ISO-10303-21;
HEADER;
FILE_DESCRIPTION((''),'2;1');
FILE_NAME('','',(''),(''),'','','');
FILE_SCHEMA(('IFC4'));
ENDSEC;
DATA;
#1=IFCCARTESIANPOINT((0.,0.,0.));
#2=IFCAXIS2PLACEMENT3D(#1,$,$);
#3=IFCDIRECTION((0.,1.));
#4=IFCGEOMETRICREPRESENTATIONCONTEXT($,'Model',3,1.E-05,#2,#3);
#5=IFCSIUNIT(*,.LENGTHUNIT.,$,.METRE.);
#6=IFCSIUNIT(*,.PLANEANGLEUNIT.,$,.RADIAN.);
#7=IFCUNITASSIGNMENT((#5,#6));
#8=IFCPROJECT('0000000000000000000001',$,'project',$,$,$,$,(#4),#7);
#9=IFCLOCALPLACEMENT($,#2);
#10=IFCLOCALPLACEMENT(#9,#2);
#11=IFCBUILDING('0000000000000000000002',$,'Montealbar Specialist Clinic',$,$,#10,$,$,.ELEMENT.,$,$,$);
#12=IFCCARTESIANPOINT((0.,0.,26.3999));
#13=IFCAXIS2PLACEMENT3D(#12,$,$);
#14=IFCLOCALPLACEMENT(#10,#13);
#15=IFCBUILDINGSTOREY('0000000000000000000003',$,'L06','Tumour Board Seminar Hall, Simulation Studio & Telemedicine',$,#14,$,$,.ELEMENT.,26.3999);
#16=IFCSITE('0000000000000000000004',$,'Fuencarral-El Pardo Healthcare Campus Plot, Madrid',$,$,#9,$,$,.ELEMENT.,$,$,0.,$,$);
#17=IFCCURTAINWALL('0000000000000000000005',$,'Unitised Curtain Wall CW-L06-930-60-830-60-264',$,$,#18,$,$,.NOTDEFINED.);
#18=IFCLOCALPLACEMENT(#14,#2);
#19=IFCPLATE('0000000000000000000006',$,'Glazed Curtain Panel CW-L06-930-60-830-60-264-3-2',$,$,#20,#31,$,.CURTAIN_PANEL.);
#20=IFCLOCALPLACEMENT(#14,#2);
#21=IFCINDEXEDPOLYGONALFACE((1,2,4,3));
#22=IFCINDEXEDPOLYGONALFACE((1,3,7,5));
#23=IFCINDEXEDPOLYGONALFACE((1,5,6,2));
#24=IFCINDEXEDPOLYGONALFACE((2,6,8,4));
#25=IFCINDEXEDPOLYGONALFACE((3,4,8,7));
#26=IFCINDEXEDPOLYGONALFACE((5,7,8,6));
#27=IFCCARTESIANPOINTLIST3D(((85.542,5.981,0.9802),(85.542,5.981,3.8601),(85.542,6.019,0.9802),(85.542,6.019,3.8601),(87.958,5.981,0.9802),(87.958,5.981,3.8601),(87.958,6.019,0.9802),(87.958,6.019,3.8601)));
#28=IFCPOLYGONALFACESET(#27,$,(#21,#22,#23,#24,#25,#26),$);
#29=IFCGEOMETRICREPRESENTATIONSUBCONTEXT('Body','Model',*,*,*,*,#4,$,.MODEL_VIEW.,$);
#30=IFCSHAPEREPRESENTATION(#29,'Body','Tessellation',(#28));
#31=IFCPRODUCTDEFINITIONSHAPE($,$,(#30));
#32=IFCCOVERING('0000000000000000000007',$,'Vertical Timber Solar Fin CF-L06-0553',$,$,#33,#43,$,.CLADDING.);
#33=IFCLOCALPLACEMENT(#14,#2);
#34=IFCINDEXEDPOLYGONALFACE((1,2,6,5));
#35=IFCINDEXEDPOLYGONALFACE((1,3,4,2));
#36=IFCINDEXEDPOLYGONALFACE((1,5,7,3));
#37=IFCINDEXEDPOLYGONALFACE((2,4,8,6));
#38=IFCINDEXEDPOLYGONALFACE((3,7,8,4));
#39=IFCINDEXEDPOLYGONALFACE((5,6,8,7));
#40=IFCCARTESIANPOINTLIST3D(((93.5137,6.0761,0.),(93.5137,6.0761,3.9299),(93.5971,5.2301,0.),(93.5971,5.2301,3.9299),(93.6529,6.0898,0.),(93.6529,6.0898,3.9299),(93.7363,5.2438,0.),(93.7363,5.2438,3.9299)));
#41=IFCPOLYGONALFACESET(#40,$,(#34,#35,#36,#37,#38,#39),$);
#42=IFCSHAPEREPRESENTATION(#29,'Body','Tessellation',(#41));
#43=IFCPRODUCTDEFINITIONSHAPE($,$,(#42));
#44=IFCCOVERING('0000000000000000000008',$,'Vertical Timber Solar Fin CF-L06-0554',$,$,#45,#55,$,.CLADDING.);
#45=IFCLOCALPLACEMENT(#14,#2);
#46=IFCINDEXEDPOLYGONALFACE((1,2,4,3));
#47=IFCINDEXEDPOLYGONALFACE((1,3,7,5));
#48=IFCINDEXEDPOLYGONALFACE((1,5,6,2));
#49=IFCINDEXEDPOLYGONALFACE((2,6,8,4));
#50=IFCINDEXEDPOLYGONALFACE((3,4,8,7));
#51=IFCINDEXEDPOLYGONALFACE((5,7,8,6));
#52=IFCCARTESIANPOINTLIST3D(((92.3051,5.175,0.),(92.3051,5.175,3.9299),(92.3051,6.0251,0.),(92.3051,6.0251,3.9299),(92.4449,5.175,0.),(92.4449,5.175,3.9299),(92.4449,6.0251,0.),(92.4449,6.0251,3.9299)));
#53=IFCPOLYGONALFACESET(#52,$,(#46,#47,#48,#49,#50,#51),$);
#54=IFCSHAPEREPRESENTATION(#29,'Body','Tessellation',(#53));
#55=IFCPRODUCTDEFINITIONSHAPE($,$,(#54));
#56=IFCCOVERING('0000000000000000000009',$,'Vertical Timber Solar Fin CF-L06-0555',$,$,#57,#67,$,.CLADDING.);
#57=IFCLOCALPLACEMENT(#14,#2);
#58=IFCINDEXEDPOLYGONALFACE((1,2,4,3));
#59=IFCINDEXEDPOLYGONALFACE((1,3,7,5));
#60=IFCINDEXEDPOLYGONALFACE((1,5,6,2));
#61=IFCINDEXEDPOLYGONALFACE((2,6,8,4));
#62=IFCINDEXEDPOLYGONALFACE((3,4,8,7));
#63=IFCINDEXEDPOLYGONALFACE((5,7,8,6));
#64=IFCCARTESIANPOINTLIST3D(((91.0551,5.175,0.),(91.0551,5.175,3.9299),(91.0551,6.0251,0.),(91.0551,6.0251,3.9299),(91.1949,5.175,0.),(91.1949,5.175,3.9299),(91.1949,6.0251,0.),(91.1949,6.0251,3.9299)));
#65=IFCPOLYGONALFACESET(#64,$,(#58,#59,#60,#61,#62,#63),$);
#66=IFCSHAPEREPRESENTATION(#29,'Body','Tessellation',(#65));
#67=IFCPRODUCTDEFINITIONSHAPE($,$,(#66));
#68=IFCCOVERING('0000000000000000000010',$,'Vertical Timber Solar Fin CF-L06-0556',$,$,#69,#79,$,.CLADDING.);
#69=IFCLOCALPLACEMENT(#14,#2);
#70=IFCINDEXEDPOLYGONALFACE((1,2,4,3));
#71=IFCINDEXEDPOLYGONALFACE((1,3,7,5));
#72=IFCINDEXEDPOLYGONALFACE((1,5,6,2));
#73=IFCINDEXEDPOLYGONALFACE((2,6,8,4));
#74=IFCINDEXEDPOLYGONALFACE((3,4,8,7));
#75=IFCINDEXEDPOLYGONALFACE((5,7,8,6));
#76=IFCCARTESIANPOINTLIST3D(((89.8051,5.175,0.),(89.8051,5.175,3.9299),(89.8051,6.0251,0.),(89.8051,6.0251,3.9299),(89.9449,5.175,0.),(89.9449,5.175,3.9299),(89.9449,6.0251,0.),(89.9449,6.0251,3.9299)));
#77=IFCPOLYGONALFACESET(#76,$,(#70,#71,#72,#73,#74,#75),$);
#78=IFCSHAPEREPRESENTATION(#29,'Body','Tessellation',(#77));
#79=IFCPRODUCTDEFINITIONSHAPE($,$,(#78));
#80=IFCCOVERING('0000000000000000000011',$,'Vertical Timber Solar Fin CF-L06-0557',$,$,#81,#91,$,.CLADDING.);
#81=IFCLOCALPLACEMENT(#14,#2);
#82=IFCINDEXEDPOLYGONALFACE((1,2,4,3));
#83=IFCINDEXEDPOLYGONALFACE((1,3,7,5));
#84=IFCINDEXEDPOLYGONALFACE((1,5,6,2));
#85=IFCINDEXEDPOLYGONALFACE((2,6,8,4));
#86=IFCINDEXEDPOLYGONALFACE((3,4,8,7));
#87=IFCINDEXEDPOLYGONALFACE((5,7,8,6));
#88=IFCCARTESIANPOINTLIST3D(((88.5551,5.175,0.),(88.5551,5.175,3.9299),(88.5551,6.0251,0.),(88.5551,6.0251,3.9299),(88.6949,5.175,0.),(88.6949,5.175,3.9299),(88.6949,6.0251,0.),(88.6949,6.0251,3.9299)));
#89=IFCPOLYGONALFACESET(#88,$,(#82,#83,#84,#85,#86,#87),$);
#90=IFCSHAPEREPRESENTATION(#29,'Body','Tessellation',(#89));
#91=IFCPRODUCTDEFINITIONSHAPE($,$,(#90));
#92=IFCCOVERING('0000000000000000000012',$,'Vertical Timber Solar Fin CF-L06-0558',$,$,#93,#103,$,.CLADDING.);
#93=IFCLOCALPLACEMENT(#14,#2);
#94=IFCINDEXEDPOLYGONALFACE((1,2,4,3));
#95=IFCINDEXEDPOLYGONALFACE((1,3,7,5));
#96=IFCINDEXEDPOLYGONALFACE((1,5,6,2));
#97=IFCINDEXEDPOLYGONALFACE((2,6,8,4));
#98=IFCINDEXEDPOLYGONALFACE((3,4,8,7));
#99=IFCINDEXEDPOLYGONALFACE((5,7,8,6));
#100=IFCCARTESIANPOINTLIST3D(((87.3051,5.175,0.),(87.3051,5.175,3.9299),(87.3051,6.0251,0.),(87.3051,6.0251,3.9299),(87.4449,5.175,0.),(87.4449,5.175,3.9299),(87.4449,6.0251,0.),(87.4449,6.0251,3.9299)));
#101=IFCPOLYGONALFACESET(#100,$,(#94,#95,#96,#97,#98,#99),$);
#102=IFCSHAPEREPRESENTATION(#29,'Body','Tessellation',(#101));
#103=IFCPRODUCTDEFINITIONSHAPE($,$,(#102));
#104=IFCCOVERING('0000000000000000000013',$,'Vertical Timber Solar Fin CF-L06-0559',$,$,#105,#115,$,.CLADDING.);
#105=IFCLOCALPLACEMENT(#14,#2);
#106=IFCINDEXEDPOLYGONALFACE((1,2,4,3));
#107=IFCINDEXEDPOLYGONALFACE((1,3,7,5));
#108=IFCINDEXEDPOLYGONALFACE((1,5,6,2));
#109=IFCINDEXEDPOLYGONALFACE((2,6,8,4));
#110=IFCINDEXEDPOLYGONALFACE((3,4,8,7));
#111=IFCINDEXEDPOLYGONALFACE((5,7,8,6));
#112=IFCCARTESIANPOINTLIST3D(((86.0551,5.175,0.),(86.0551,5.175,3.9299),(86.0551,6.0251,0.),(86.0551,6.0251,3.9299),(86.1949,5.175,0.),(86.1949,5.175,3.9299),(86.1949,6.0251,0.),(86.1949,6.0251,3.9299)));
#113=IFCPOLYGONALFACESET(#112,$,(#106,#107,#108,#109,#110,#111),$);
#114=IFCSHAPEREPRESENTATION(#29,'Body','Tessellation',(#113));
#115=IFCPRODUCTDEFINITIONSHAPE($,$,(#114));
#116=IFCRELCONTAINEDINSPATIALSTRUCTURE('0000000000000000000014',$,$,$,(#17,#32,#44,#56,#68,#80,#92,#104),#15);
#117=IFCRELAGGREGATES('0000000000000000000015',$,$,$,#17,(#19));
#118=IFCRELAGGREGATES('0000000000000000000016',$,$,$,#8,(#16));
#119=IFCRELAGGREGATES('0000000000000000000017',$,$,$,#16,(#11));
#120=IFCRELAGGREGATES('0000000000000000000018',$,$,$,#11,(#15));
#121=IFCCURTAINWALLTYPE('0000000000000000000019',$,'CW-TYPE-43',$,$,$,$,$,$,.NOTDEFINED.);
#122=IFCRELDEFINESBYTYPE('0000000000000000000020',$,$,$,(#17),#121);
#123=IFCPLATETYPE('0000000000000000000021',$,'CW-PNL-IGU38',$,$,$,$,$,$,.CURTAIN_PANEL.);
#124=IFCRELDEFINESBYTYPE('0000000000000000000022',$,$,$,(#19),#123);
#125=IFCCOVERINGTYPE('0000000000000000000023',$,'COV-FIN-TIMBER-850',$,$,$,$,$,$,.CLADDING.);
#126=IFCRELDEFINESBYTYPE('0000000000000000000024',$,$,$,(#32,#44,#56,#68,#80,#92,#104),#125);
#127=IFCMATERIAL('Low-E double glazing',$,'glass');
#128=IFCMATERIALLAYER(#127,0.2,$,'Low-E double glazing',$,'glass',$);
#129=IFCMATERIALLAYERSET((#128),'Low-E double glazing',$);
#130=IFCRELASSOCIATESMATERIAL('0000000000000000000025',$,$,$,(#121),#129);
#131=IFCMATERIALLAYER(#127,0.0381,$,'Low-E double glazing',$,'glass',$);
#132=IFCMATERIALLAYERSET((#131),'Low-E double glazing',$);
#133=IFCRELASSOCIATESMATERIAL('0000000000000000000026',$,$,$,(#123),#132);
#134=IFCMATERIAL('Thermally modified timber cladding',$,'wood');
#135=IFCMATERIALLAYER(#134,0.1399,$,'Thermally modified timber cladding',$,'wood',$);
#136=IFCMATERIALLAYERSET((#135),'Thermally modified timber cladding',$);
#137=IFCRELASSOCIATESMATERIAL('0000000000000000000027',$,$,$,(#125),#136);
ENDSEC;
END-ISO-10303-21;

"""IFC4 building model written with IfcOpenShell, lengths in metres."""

from ifc_helpers import new_model, si_unit, direction, frame, origin, origin_2d, place, context, subcontext, project, spatial, rectangle, extrude, material, layer, layer_set, type_object, element, aggregate, save


model = new_model("IFC4")

# Units and contexts
model_context = context("Model", 3, precision=1e-05, world=origin(), true_north=direction((0.0, 1.0)))
body_context = subcontext(model_context, "Body", "Model", "MODEL_VIEW")
ifc_project = project(units=[si_unit("LENGTHUNIT", "METRE"), si_unit("PLANEANGLEUNIT", "RADIAN")], contexts=[model_context])

# Site, building, storey
site_placement = place(None, origin())
site = spatial("IfcSite", under=ifc_project, at=site_placement, Name="Fuencarral-El Pardo Healthcare Campus Plot, Madrid", CompositionType="ELEMENT", RefElevation=0.0)
building_placement = place(site_placement, origin())
building = spatial("IfcBuilding", under=site, at=building_placement, Name="Montealbar Specialist Clinic", CompositionType="ELEMENT")
storey_placement = place(building_placement, frame((0.0, 0.0, 26.3999)))
storey = spatial("IfcBuildingStorey", under=building, at=storey_placement, Name="L06", Description="Tumour Board Seminar Hall, Simulation Studio & Telemedicine", CompositionType="ELEMENT", Elevation=26.3999)

# Shared definitions
ifc_material_1 = material(Name="Low-E double glazing", Category="glass")

# Curtain wall
ifc_layer_1 = layer(ifc_material_1, 0.2, Name="Low-E double glazing", Category="glass")
ifc_layer_set_1 = layer_set([ifc_layer_1], Name="Low-E double glazing")
curtain_wall_type_1 = type_object("IfcCurtainWallType", Name="CW-TYPE-43", PredefinedType="NOTDEFINED", material=ifc_layer_set_1)
curtain_wall_1_placement = place(storey_placement, origin())
curtain_wall_1 = element("IfcCurtainWall", 1, at=curtain_wall_1_placement, inside=storey, type_object=curtain_wall_type_1, Name="Unitised Curtain Wall CW-L06-930-60-830-60-264", PredefinedType="NOTDEFINED")

# Plate
ifc_layer_2 = layer(ifc_material_1, 0.0381, Name="Low-E double glazing", Category="glass")
ifc_layer_set_2 = layer_set([ifc_layer_2], Name="Low-E double glazing")
plate_type = type_object("IfcPlateType", Name="CW-PNL-IGU38", PredefinedType="CURTAIN_PANEL", material=ifc_layer_set_2)
plate_1_placement = place(storey_placement, frame((86.75, 6.0, 0.9802), z_axis=(0.0, 0.0, 1.0), x_axis=(-1.0, 0.0, 0.0)))
plate_1 = element("IfcPlate", 2, at=plate_1_placement, type_object=plate_type, Name="Glazed Curtain Panel CW-L06-930-60-830-60-264-3-2", PredefinedType="CURTAIN_PANEL", context=body_context, shape_type="SweptSolid", body=[
    extrude(rectangle(XDim=2.416, YDim=0.0381, at=origin_2d()), origin(), (0.0, 0.0, 1.0), 2.8799),
])
aggregate(curtain_wall_1, [plate_1])

# Coverings
ifc_material_2 = material(Name="Thermally modified timber cladding", Category="wood")
ifc_layer_3 = layer(ifc_material_2, 0.1399, Name="Thermally modified timber cladding", Category="wood")
ifc_layer_set_3 = layer_set([ifc_layer_3], Name="Thermally modified timber cladding")
covering_type = type_object("IfcCoveringType", Name="COV-FIN-TIMBER-850", PredefinedType="CLADDING", material=ifc_layer_set_3)
for number, where, z_axis, x_axis, name in (
    (3, (93.625, 5.6599, 0.0), (0.0, 0.0, 1.0), (0.098045, -0.995182, 0.0), "Vertical Timber Solar Fin CF-L06-0553"),
    (4, (92.375, 5.6001, 0.0), (0.0, 0.0, 1.0), (0.0, -1.0, 0.0), "Vertical Timber Solar Fin CF-L06-0554"),
    (5, (91.125, 5.6001, 0.0), (0.0, 0.0, 1.0), (0.0, -1.0, 0.0), "Vertical Timber Solar Fin CF-L06-0555"),
    (6, (89.875, 5.6001, 0.0), (0.0, 0.0, 1.0), (0.0, -1.0, 0.0), "Vertical Timber Solar Fin CF-L06-0556"),
    (7, (88.625, 5.6001, 0.0), (0.0, 0.0, 1.0), (0.0, -1.0, 0.0), "Vertical Timber Solar Fin CF-L06-0557"),
    (8, (87.375, 5.6001, 0.0), (0.0, 0.0, 1.0), (0.0, -1.0, 0.0), "Vertical Timber Solar Fin CF-L06-0558"),
    (9, (86.125, 5.6001, 0.0), (0.0, 0.0, 1.0), (0.0, -1.0, 0.0), "Vertical Timber Solar Fin CF-L06-0559"),
):
    element("IfcCovering", number, at=place(storey_placement, frame(where, z_axis=z_axis, x_axis=x_axis)), inside=storey, type_object=covering_type, Name=name, PredefinedType="CLADDING", context=body_context, shape_type="SweptSolid", body=[
        extrude(rectangle(XDim=0.8501, YDim=0.1399, at=origin_2d()), origin(), (0.0, 0.0, 1.0), 3.9299),
    ])

save(model, "model.ifc")
